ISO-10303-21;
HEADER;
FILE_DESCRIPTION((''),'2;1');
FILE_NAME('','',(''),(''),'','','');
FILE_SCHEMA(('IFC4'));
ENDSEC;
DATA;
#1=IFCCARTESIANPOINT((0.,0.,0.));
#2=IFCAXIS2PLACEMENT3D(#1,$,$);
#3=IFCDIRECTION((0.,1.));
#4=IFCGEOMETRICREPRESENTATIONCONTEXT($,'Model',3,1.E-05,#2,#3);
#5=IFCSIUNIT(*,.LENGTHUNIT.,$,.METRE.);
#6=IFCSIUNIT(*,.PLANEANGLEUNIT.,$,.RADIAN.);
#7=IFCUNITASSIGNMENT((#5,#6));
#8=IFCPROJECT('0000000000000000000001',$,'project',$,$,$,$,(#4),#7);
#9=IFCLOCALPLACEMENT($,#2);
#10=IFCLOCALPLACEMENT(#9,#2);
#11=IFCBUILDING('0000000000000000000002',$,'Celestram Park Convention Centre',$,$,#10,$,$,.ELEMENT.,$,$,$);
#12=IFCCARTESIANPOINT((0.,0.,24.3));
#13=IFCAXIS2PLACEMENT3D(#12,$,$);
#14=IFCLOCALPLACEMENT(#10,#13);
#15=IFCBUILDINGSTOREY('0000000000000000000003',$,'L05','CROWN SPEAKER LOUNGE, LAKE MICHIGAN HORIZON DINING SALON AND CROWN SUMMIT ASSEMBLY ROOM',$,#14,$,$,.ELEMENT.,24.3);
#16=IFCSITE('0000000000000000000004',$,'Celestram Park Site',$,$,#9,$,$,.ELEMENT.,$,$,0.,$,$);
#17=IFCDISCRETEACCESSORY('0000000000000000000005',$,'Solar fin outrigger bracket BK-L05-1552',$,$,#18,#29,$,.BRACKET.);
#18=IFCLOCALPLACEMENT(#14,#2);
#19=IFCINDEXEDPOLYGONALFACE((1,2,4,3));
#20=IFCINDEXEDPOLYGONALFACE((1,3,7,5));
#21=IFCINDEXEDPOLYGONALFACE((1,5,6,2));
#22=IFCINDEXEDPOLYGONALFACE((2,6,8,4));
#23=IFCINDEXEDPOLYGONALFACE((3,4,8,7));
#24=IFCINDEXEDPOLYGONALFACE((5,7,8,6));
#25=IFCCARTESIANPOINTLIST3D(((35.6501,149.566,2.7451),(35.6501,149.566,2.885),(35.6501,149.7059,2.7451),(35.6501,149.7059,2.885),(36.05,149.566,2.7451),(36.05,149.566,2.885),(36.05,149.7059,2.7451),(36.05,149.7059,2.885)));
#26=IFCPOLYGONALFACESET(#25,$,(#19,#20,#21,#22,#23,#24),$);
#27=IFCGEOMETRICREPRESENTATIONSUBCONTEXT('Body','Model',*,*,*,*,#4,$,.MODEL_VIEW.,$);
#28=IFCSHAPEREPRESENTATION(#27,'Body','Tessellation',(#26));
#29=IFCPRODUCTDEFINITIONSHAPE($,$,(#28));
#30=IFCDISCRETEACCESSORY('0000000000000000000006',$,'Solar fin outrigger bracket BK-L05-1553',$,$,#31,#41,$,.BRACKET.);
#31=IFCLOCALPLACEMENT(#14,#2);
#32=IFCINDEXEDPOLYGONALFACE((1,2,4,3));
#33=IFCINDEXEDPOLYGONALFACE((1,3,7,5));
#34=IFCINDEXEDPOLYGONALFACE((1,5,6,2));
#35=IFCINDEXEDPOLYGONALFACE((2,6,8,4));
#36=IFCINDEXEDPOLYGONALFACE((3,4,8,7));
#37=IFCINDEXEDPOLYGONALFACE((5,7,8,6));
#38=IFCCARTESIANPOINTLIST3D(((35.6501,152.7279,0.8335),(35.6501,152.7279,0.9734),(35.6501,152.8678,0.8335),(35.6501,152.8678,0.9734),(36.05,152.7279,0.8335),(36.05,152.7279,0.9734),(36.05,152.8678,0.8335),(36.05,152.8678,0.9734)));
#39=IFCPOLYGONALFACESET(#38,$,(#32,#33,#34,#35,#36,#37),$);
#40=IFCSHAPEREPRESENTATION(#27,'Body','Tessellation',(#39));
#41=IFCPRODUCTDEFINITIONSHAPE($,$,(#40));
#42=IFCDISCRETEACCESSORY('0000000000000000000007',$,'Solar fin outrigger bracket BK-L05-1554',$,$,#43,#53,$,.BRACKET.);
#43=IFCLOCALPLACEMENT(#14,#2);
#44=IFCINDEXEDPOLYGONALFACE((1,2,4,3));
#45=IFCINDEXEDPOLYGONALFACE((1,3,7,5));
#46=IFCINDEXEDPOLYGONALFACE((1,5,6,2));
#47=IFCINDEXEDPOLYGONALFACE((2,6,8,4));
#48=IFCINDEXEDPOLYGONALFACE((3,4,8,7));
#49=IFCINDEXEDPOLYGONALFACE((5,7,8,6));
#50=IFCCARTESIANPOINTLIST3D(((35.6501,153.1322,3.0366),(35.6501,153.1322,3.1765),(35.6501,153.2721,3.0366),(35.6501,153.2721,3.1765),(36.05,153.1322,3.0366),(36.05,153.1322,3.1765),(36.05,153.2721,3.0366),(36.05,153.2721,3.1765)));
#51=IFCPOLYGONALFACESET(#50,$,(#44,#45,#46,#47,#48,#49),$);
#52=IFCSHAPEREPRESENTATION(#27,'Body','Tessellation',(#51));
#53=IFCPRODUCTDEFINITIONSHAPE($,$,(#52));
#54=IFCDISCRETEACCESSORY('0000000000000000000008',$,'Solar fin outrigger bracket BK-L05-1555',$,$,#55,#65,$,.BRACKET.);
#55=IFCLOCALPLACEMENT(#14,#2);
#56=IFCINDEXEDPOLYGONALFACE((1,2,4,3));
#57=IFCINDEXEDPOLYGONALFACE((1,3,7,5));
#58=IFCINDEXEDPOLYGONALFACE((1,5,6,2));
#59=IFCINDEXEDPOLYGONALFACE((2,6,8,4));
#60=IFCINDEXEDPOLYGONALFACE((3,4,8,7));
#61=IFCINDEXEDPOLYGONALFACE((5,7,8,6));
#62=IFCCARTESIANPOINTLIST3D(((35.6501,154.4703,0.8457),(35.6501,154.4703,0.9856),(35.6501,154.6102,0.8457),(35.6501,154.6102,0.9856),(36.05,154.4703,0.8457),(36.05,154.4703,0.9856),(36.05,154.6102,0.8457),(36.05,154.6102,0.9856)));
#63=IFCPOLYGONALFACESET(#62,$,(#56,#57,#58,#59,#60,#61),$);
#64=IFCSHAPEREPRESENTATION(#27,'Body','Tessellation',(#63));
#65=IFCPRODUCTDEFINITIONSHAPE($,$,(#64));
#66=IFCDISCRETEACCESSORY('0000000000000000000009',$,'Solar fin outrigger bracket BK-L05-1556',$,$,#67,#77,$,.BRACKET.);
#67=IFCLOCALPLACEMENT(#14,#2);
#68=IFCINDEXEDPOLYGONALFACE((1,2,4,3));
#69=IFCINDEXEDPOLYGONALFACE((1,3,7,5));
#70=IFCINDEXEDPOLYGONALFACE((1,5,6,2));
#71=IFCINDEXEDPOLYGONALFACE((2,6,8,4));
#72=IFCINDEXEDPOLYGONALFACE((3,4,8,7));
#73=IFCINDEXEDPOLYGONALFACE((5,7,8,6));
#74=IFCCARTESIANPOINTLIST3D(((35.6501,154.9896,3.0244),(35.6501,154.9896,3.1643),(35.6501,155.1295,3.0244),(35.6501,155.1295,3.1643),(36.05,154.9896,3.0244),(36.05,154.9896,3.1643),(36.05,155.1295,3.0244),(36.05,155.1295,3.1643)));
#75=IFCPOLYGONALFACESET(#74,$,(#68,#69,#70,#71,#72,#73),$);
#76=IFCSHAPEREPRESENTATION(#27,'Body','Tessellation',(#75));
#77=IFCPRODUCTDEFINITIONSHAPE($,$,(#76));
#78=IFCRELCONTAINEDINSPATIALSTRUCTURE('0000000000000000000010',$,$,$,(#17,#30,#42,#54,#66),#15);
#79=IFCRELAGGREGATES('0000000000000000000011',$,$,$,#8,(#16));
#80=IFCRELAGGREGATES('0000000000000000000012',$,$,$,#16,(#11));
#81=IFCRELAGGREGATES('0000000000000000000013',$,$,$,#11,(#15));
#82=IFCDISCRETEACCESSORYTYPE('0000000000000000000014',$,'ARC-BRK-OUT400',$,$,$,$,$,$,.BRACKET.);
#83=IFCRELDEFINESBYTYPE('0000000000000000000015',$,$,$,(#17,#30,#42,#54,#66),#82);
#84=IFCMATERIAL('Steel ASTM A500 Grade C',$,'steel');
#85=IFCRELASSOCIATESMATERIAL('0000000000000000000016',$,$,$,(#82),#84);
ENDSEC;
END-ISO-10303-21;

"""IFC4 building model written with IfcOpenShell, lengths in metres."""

from ifc_helpers import new_model, si_unit, direction, frame, origin, origin_2d, place, context, subcontext, project, spatial, rectangle, extrude, material, type_object, element, save


model = new_model("IFC4")

# Units and contexts
model_context = context("Model", 3, precision=1e-05, world=origin(), true_north=direction((0.0, 1.0)))
body_context = subcontext(model_context, "Body", "Model", "MODEL_VIEW")
ifc_project = project(units=[si_unit("LENGTHUNIT", "METRE"), si_unit("PLANEANGLEUNIT", "RADIAN")], contexts=[model_context])

# Site, building, storey
site_placement = place(None, origin())
site = spatial("IfcSite", under=ifc_project, at=site_placement, Name="Celestram Park Site", CompositionType="ELEMENT", RefElevation=0.0)
building_placement = place(site_placement, origin())
building = spatial("IfcBuilding", under=site, at=building_placement, Name="Celestram Park Convention Centre", CompositionType="ELEMENT")
storey_placement = place(building_placement, frame((0.0, 0.0, 24.3)))
storey = spatial("IfcBuildingStorey", under=building, at=storey_placement, Name="L05", Description="CROWN SPEAKER LOUNGE, LAKE MICHIGAN HORIZON DINING SALON AND CROWN SUMMIT ASSEMBLY ROOM", CompositionType="ELEMENT", Elevation=24.3)

# Shared definitions
ifc_material_1 = material(Name="Steel ASTM A500 Grade C", Category="steel")

# Discrete accessories
discrete_accessory_type = type_object("IfcDiscreteAccessoryType", Name="ARC-BRK-OUT400", PredefinedType="BRACKET", material=ifc_material_1)
for number, where, z_axis, x_axis, name in (
    (1, (35.8501, 149.636, 2.7451), (0.0, 0.0, 1.0), (-1.0, 0.0, 0.0), "Solar fin outrigger bracket BK-L05-1552"),
    (2, (35.8501, 152.7979, 0.8335), (0.0, 0.0, 1.0), (-1.0, 0.0, 0.0), "Solar fin outrigger bracket BK-L05-1553"),
    (3, (35.8501, 153.2021, 3.0366), (0.0, 0.0, 1.0), (-1.0, 0.0, 0.0), "Solar fin outrigger bracket BK-L05-1554"),
    (4, (35.8501, 154.5403, 0.8457), (0.0, 0.0, 1.0), (-1.0, 0.0, 0.0), "Solar fin outrigger bracket BK-L05-1555"),
    (5, (35.8501, 155.0596, 3.0244), (0.0, 0.0, 1.0), (-1.0, 0.0, 0.0), "Solar fin outrigger bracket BK-L05-1556"),
):
    element("IfcDiscreteAccessory", number, at=place(storey_placement, frame(where, z_axis=z_axis, x_axis=x_axis)), inside=storey, type_object=discrete_accessory_type, Name=name, PredefinedType="BRACKET", context=body_context, shape_type="SweptSolid", body=[
        extrude(rectangle(XDim=0.3999, YDim=0.1399, at=origin_2d()), origin(), (0.0, 0.0, 1.0), 0.1399),
    ])

save(model, "model.ifc")
